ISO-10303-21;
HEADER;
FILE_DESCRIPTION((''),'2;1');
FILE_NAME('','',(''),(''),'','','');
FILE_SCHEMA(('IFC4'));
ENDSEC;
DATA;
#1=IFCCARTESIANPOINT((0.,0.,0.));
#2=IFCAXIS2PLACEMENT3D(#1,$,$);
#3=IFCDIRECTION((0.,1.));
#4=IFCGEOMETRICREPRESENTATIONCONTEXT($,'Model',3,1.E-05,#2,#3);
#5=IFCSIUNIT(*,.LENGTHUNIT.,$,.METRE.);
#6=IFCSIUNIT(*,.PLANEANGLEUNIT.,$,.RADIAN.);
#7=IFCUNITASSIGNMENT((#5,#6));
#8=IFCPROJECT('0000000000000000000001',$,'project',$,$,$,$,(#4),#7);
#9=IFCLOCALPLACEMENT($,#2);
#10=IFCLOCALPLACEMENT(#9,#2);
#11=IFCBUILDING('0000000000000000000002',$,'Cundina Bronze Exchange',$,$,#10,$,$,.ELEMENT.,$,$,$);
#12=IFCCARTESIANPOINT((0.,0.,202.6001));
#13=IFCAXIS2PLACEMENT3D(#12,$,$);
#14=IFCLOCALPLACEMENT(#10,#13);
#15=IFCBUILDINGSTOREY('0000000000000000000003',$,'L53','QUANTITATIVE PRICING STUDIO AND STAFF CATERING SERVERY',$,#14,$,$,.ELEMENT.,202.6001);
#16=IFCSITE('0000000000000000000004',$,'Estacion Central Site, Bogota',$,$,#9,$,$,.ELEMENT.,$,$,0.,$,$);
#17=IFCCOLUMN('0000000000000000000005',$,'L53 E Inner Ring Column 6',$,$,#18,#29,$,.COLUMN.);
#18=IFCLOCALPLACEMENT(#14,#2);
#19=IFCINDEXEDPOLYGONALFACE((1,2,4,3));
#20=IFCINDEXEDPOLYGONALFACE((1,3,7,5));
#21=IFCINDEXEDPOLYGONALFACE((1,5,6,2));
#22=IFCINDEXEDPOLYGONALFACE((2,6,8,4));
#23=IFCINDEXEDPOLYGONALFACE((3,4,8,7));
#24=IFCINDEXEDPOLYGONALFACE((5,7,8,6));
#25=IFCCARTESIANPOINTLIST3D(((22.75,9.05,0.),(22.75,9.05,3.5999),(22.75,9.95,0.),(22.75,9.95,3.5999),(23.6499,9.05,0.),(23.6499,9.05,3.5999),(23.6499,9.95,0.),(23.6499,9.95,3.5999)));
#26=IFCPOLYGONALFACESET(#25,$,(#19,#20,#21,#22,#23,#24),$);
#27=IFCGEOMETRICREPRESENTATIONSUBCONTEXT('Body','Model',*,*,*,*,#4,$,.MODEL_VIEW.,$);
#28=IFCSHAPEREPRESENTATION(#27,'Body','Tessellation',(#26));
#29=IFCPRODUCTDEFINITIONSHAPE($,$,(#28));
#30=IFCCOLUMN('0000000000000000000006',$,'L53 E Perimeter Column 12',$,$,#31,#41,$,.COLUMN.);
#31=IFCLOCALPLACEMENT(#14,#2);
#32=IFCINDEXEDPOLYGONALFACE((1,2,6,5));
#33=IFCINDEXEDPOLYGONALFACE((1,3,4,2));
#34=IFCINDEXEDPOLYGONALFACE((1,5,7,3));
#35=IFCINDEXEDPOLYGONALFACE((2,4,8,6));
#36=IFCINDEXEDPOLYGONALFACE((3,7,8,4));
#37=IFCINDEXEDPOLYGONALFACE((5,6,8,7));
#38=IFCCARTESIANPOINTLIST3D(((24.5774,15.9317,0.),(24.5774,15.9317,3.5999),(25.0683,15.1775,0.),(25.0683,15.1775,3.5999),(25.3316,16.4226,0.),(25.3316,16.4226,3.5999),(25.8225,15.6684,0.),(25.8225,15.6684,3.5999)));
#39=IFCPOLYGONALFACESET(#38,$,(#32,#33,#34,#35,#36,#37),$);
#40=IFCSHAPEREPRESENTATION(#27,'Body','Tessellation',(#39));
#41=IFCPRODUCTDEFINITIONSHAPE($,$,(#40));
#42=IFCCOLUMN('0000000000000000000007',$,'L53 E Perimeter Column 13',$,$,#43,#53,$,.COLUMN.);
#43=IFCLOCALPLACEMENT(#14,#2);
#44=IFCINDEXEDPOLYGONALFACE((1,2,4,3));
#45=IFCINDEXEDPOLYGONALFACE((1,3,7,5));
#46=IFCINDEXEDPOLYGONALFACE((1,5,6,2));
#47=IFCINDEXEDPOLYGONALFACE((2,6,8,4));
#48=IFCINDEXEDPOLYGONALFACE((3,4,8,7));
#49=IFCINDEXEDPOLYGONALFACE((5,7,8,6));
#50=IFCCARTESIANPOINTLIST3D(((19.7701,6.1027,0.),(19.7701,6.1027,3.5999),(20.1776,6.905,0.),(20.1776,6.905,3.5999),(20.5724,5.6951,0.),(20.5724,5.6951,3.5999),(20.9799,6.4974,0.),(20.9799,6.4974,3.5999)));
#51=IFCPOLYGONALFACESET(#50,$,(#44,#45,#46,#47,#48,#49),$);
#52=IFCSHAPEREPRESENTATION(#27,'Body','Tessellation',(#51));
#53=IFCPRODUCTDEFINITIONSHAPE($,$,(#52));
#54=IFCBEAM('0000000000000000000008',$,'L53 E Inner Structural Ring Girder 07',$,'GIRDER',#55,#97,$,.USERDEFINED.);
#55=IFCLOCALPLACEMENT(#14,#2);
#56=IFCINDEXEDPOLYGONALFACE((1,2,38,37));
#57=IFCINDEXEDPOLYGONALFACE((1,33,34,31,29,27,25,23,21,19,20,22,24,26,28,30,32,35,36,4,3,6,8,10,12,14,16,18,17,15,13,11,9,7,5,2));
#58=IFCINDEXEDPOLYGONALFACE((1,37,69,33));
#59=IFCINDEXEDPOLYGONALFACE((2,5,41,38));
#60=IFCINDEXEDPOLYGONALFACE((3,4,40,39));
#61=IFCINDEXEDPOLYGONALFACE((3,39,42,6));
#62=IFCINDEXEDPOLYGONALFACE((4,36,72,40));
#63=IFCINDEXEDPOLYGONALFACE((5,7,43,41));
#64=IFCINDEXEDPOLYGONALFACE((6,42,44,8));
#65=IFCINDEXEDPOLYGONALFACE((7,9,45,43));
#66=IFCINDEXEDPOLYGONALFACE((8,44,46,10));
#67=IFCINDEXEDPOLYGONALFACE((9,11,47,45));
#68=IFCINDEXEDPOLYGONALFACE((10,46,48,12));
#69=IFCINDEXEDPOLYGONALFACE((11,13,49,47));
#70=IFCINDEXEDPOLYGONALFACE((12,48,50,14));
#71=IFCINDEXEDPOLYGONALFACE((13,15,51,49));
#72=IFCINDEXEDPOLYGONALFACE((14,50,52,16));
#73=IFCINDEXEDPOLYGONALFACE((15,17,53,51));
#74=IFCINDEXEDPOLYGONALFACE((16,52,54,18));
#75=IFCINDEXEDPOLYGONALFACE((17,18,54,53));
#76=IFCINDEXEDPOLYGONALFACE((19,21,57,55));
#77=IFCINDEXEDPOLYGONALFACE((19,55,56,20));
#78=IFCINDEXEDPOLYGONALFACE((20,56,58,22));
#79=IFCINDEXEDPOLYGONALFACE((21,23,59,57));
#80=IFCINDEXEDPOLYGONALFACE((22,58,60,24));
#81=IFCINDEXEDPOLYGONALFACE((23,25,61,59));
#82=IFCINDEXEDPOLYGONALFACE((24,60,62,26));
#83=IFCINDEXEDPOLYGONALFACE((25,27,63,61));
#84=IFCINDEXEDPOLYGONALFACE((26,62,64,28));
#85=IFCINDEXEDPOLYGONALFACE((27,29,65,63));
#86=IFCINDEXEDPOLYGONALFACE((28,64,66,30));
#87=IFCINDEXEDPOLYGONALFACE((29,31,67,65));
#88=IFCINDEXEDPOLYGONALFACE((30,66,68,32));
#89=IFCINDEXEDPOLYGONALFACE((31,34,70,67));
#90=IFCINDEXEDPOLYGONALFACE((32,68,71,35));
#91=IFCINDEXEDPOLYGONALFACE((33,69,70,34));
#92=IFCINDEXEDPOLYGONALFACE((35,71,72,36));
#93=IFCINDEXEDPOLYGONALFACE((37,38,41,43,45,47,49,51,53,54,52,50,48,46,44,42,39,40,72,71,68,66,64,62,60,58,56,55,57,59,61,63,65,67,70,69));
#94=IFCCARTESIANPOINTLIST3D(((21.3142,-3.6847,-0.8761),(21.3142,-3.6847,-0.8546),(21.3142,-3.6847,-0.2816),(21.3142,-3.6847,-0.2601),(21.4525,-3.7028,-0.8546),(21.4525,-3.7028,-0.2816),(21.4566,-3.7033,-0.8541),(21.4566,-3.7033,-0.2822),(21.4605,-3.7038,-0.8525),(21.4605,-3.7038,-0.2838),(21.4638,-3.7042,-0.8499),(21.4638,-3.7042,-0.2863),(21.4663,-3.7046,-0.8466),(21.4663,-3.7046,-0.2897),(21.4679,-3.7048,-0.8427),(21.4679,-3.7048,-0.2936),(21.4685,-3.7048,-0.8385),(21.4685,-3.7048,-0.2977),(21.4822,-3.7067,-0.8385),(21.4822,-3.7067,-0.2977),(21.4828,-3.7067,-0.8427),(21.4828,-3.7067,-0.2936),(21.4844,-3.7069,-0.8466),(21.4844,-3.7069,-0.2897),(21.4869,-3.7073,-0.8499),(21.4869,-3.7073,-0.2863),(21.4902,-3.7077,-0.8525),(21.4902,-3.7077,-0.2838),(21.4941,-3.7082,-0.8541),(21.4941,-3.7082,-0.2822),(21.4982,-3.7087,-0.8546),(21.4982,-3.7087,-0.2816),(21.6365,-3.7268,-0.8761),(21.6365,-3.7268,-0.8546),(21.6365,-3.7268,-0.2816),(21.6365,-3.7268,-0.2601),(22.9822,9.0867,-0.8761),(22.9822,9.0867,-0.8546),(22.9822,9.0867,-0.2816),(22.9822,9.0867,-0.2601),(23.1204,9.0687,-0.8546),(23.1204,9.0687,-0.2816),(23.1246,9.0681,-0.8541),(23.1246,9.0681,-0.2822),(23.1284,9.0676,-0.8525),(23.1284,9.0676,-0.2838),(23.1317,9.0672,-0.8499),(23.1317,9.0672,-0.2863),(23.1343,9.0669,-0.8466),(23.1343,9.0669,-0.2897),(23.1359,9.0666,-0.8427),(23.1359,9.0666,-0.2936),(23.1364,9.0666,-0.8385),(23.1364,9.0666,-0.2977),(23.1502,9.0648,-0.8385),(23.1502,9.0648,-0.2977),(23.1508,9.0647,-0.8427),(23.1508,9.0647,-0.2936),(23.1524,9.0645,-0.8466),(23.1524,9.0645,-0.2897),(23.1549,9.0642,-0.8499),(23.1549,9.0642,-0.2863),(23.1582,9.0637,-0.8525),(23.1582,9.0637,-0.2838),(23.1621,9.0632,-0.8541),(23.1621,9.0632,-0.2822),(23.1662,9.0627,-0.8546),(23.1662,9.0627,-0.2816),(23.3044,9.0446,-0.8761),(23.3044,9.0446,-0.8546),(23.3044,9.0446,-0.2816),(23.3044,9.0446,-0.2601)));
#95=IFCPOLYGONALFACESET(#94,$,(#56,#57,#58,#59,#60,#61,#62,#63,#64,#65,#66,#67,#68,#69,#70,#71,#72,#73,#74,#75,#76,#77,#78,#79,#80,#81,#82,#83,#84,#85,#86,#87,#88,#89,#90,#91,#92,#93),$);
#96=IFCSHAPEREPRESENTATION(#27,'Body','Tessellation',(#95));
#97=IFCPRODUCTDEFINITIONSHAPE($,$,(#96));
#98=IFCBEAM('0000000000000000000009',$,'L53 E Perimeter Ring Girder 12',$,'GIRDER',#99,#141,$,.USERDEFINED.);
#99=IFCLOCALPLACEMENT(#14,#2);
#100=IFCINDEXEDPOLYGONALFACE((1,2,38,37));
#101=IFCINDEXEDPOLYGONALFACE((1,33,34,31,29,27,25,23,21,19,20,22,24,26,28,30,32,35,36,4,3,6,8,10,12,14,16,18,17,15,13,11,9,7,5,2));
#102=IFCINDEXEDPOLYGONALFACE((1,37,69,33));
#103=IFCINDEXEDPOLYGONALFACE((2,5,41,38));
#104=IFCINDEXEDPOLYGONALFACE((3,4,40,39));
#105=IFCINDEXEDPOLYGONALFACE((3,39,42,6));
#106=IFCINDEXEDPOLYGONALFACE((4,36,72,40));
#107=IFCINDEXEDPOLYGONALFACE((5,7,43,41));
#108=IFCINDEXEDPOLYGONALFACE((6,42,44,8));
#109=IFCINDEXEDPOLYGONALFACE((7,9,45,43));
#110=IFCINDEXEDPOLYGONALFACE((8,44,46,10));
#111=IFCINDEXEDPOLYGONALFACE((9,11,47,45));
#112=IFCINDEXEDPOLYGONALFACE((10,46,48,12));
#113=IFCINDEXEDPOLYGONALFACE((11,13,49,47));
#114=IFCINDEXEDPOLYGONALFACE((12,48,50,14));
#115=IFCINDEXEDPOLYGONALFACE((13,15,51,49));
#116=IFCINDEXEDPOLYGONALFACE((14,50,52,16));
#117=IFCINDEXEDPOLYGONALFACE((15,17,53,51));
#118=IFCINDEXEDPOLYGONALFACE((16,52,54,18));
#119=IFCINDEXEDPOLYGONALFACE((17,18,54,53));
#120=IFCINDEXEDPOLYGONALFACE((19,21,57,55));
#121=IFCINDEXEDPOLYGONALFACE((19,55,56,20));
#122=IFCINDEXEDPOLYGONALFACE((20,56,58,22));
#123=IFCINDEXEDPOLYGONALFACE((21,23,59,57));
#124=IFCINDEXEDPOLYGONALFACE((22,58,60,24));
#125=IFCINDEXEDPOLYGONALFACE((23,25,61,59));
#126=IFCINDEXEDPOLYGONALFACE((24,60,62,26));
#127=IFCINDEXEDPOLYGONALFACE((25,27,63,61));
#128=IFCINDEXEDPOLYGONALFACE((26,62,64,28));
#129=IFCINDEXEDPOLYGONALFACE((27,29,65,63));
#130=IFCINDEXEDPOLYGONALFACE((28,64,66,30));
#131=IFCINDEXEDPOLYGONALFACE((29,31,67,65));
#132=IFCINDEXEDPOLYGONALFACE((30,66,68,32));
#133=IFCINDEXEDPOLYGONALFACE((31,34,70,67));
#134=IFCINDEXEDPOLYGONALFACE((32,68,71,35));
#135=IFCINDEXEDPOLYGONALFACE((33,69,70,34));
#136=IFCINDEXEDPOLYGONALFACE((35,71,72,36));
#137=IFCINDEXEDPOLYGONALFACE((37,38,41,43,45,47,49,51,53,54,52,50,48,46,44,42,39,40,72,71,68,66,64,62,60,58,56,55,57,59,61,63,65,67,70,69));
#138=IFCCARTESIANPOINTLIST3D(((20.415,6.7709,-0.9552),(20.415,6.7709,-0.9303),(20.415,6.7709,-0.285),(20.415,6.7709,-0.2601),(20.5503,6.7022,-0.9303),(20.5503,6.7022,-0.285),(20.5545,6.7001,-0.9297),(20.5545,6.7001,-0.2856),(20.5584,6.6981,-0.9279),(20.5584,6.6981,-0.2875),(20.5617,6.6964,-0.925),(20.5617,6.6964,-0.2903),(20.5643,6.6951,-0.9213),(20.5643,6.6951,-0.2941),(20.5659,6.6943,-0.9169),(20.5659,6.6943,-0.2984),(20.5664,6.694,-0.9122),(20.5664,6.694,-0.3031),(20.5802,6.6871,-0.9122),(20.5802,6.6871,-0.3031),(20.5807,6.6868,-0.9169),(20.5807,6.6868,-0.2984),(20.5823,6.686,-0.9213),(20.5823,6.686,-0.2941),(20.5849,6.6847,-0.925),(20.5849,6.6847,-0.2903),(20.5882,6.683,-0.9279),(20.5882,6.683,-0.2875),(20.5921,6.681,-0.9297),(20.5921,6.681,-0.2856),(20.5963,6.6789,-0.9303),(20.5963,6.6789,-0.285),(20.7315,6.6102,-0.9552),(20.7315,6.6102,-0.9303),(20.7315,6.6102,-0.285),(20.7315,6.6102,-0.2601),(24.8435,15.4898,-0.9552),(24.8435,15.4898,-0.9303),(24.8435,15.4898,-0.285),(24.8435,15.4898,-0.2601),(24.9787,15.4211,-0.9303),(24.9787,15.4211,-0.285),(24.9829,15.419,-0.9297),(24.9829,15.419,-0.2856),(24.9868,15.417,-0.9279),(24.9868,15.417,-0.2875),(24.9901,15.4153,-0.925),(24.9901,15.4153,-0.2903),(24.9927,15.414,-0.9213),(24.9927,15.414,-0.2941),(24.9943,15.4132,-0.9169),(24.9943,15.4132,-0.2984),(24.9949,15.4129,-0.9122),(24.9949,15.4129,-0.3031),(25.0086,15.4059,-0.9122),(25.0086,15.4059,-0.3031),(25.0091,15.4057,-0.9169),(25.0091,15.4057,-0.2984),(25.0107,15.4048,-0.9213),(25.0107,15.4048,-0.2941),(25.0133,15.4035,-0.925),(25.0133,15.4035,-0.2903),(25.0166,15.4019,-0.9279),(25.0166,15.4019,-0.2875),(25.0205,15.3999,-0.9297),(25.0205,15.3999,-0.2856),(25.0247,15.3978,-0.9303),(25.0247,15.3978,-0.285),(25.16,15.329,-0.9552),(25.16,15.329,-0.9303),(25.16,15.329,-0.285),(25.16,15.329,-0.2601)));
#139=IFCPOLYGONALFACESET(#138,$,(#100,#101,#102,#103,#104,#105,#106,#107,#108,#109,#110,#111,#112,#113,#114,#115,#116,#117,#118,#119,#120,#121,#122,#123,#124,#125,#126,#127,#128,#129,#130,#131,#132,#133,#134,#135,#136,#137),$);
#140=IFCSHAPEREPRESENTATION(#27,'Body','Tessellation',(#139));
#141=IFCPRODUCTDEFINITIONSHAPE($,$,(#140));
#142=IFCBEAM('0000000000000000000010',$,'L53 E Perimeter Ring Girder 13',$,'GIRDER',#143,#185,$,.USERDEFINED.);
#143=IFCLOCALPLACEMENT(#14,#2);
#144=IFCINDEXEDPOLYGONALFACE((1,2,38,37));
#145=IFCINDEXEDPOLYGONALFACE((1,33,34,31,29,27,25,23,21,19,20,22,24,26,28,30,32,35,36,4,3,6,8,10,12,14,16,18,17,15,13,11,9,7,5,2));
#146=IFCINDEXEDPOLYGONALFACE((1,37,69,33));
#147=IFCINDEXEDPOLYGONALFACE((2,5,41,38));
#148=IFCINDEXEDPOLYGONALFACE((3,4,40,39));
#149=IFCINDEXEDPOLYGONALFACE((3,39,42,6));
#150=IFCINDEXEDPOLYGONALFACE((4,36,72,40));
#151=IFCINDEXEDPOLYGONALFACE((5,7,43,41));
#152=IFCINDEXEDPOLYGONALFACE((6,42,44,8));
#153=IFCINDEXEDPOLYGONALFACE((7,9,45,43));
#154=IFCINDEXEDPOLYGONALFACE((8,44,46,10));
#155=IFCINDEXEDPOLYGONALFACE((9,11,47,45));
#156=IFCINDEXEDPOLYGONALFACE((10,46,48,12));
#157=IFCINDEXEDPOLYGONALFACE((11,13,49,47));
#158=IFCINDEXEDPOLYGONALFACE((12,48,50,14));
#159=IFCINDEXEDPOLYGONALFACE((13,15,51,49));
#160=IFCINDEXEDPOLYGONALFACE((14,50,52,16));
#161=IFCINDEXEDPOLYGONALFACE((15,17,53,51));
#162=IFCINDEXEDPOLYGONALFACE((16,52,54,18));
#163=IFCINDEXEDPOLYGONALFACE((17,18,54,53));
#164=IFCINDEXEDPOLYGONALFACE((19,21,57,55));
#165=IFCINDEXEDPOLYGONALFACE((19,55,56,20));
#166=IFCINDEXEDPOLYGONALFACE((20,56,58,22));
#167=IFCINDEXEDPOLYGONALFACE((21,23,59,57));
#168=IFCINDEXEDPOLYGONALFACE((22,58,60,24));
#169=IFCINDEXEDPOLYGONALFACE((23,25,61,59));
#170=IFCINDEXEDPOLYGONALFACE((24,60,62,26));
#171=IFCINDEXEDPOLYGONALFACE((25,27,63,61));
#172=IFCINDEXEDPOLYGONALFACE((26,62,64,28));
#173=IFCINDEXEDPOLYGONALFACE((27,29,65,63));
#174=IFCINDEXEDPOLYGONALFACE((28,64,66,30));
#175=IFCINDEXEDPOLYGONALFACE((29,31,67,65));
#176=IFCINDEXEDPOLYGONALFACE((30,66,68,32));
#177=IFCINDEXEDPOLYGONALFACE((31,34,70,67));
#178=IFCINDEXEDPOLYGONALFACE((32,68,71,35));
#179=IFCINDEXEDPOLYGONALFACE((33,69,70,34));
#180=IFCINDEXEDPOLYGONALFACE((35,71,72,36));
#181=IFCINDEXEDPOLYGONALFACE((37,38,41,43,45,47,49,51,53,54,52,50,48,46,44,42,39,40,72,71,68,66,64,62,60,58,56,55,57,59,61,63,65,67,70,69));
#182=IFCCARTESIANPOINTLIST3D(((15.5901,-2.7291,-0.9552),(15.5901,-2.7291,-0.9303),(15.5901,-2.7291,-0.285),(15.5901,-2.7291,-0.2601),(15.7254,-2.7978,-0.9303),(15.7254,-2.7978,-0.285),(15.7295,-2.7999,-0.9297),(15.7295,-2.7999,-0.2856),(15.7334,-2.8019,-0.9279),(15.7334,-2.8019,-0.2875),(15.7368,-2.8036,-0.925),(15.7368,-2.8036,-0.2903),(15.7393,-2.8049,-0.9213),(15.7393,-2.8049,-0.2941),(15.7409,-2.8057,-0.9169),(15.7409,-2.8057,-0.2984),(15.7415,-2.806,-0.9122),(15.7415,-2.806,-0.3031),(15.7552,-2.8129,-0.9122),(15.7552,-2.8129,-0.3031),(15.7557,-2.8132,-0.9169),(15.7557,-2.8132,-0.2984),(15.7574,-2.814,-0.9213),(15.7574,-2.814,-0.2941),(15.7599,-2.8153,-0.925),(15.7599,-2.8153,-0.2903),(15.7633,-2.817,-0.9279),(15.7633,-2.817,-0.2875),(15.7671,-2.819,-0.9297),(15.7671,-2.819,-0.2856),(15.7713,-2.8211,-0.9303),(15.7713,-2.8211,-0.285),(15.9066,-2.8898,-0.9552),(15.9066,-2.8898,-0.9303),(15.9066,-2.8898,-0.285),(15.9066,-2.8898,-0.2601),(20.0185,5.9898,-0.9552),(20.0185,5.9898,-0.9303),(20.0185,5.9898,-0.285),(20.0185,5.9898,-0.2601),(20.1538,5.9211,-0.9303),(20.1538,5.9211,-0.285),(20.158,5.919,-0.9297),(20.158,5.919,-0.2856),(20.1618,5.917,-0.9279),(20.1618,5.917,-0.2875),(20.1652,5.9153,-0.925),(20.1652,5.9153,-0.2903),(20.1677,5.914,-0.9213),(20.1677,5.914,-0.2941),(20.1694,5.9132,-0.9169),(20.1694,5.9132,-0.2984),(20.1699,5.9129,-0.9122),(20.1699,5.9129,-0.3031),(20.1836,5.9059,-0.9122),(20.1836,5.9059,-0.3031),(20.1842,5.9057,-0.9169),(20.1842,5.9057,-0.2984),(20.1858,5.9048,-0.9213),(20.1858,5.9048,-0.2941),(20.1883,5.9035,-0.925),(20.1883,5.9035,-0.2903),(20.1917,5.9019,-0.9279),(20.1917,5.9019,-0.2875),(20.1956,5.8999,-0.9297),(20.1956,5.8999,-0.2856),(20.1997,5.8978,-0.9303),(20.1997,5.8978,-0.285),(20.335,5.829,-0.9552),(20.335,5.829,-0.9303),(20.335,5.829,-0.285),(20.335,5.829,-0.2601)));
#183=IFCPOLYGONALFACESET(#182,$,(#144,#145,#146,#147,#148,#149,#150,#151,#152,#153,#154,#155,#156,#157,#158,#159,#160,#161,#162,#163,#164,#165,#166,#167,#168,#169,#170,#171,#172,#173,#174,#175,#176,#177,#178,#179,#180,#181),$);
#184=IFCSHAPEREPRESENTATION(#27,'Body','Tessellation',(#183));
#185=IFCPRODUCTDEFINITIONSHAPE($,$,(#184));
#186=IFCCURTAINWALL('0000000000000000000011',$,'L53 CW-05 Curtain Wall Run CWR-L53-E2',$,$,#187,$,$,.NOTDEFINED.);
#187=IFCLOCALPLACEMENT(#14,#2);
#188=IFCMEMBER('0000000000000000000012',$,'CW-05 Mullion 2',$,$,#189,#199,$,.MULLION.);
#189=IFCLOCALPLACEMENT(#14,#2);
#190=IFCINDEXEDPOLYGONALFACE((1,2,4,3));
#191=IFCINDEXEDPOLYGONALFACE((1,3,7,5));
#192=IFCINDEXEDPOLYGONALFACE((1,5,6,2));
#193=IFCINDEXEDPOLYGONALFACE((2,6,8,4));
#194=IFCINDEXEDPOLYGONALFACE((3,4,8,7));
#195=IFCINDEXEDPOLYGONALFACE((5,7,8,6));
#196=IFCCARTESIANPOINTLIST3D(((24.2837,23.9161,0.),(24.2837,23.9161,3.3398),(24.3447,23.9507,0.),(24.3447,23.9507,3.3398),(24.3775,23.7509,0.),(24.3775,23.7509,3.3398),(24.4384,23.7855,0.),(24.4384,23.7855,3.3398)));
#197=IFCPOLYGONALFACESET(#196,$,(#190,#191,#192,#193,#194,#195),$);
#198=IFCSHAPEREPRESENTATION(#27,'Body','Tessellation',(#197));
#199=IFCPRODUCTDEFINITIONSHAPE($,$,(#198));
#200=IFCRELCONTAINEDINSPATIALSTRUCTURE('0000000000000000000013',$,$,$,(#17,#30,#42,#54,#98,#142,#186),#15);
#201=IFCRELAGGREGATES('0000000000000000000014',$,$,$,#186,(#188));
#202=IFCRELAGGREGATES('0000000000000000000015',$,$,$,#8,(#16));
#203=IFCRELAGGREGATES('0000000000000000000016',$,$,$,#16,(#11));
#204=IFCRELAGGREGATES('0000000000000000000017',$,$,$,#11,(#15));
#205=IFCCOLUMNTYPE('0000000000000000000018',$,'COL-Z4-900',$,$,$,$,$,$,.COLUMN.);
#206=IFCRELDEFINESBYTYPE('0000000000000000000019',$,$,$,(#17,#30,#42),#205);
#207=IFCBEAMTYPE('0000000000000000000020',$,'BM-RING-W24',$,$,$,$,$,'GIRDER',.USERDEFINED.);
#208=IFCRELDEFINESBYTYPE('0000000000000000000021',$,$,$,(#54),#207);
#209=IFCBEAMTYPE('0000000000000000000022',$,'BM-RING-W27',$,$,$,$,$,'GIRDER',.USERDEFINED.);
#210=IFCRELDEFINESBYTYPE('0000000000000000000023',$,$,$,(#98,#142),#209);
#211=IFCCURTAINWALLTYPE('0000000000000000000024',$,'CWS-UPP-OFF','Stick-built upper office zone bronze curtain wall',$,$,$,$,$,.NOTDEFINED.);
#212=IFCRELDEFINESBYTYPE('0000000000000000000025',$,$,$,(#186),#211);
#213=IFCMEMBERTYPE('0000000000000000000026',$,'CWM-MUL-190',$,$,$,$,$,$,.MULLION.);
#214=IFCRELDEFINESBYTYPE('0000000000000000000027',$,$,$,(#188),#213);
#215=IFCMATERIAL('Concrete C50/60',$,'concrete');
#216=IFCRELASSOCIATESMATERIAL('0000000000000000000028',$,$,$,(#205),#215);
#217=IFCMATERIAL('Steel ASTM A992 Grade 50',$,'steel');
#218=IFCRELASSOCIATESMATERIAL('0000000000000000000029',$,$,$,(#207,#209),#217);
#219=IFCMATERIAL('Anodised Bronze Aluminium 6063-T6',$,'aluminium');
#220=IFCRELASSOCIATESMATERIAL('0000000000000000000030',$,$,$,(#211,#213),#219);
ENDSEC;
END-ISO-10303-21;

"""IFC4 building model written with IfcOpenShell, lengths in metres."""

from ifc_helpers import new_model, si_unit, direction, frame, origin, origin_2d, place, context, subcontext, project, spatial, rectangle, i_section, extrude, material, material_profile, profile_set, type_object, element, aggregate, save


model = new_model("IFC4")

# Units and contexts
model_context = context("Model", 3, precision=1e-05, world=origin(), true_north=direction((0.0, 1.0)))
body_context = subcontext(model_context, "Body", "Model", "MODEL_VIEW")
ifc_project = project(units=[si_unit("LENGTHUNIT", "METRE"), si_unit("PLANEANGLEUNIT", "RADIAN")], contexts=[model_context])

# Site, building, storey
site_placement = place(None, origin())
site = spatial("IfcSite", under=ifc_project, at=site_placement, Name="Estacion Central Site, Bogota", CompositionType="ELEMENT", RefElevation=0.0)
building_placement = place(site_placement, origin())
building = spatial("IfcBuilding", under=site, at=building_placement, Name="Cundina Bronze Exchange", CompositionType="ELEMENT")
storey_placement = place(building_placement, frame((0.0, 0.0, 202.6001)))
storey = spatial("IfcBuildingStorey", under=building, at=storey_placement, Name="L53", Description="QUANTITATIVE PRICING STUDIO AND STAFF CATERING SERVERY", CompositionType="ELEMENT", Elevation=202.6001)

# Columns
ifc_material_1 = material(Name="Concrete C50/60", Category="concrete")
ifc_material_profile_1 = material_profile(ifc_material_1, rectangle(XDim=0.8999, YDim=0.8999, at=origin_2d()), Name="RC900X900", Category="concrete")
ifc_profile_set_1 = profile_set([ifc_material_profile_1], Name="Concrete C50/60")
column_type = type_object("IfcColumnType", Name="COL-Z4-900", PredefinedType="COLUMN", material=ifc_profile_set_1)
for number, where, z_axis, x_axis, name in (
    (1, (23.2, 9.5, 0.0), (0.0, 0.0, 1.0), (1.0, 0.0, 0.0), "L53 E Inner Ring Column 6"),
    (2, (25.2, 15.8, 0.0), (0.0, 0.0, 1.0), (-0.8381, -0.545517, 0.0), "L53 E Perimeter Column 12"),
    (3, (20.375, 6.3, 0.0), (0.0, 0.0, 1.0), (-0.452902, -0.891561, 0.0), "L53 E Perimeter Column 13"),
):
    element("IfcColumn", number, at=place(storey_placement, frame(where, z_axis=z_axis, x_axis=x_axis)), inside=storey, type_object=column_type, Name=name, PredefinedType="COLUMN", context=body_context, shape_type="SweptSolid", body=[
        extrude(rectangle(XDim=0.8999, YDim=0.8999, at=origin_2d()), origin(), (0.0, 0.0, 1.0), 3.5999),
    ])

# Beams
ifc_material_2 = material(Name="Steel ASTM A992 Grade 50", Category="steel")
ifc_material_profile_2 = material_profile(ifc_material_2, i_section(OverallWidth=0.325, OverallDepth=0.616, WebThickness=0.0139, FlangeThickness=0.0215, FilletRadius=0.0161, at=origin_2d()), Name="W24X117", Category="steel")
ifc_profile_set_2 = profile_set([ifc_material_profile_2], Name="Steel ASTM A992 Grade 50")
beam_type_1 = type_object("IfcBeamType", Name="BM-RING-W24", ElementType="GIRDER", PredefinedType="USERDEFINED", material=ifc_profile_set_2)
beam_placement = place(storey_placement, frame((23.1433, 9.0657, -0.5681), z_axis=(-0.129501, -0.991579, 0.0), x_axis=(0.991579, -0.129501, 0.0)))
element("IfcBeam", 4, at=beam_placement, inside=storey, type_object=beam_type_1, Name="L53 E Inner Structural Ring Girder 07", ObjectType="GIRDER", PredefinedType="USERDEFINED", context=body_context, shape_type="SweptSolid", body=[
    extrude(i_section(OverallWidth=0.325, OverallDepth=0.616, WebThickness=0.0139, FlangeThickness=0.0215, FilletRadius=0.0161, at=origin_2d()), origin(), (0.0, 0.0, 1.0), 12.8799),
])
ifc_material_profile_3 = material_profile(ifc_material_2, i_section(OverallWidth=0.355, OverallDepth=0.6951, WebThickness=0.0154, FlangeThickness=0.0249, FilletRadius=0.0181, at=origin_2d()), Name="W27X146", Category="steel")
ifc_profile_set_3 = profile_set([ifc_material_profile_3], Name="Steel ASTM A992 Grade 50")
beam_type_2 = type_object("IfcBeamType", Name="BM-RING-W27", ElementType="GIRDER", PredefinedType="USERDEFINED", material=ifc_profile_set_3)
for number, where, z_axis, x_axis, name in (
    (5, (25.0017, 15.4094, -0.6077), (-0.452847, -0.891588, 0.0), (0.891588, -0.452847, 0.0), "L53 E Perimeter Ring Girder 12"),
    (6, (20.1768, 5.9094, -0.6077), (-0.452847, -0.891588, 0.0), (0.891588, -0.452847, 0.0), "L53 E Perimeter Ring Girder 13"),
):
    element("IfcBeam", number, at=place(storey_placement, frame(where, z_axis=z_axis, x_axis=x_axis)), inside=storey, type_object=beam_type_2, Name=name, ObjectType="GIRDER", PredefinedType="USERDEFINED", context=body_context, shape_type="SweptSolid", body=[
        extrude(i_section(OverallWidth=0.355, OverallDepth=0.6951, WebThickness=0.0154, FlangeThickness=0.0249, FilletRadius=0.0181, at=origin_2d()), origin(), (0.0, 0.0, 1.0), 9.7791),
    ])

# Curtain wall, member
ifc_material_3 = material(Name="Anodised Bronze Aluminium 6063-T6", Category="aluminium")
curtain_wall_type = type_object("IfcCurtainWallType", Name="CWS-UPP-OFF", Description="Stick-built upper office zone bronze curtain wall", PredefinedType="NOTDEFINED", material=ifc_material_3)
curtain_wall_placement = place(storey_placement, origin())
curtain_wall = element("IfcCurtainWall", 7, at=curtain_wall_placement, inside=storey, type_object=curtain_wall_type, Name="L53 CW-05 Curtain Wall Run CWR-L53-E2", PredefinedType="NOTDEFINED")
ifc_material_profile_4 = material_profile(ifc_material_3, rectangle(XDim=0.0701, YDim=0.1899, at=origin_2d()), Name="AL70X190", Category="aluminium")
ifc_profile_set_4 = profile_set([ifc_material_profile_4], Name="Anodised Bronze Aluminium 6063-T6")
member_type_1 = type_object("IfcMemberType", Name="CWM-MUL-190", PredefinedType="MULLION", material=ifc_profile_set_4)
member_1_placement = place(storey_placement, frame((24.3611, 23.8508, 0.0), z_axis=(0.0, 0.0, 1.0), x_axis=(-0.869581, -0.49379, 0.0)))
member_1 = element("IfcMember", 8, at=member_1_placement, type_object=member_type_1, Name="CW-05 Mullion 2", PredefinedType="MULLION", context=body_context, shape_type="SweptSolid", body=[
    extrude(rectangle(XDim=0.0701, YDim=0.1899, at=origin_2d()), origin(), (0.0, 0.0, 1.0), 3.3398),
])
aggregate(curtain_wall, [member_1])

save(model, "model.ifc")
